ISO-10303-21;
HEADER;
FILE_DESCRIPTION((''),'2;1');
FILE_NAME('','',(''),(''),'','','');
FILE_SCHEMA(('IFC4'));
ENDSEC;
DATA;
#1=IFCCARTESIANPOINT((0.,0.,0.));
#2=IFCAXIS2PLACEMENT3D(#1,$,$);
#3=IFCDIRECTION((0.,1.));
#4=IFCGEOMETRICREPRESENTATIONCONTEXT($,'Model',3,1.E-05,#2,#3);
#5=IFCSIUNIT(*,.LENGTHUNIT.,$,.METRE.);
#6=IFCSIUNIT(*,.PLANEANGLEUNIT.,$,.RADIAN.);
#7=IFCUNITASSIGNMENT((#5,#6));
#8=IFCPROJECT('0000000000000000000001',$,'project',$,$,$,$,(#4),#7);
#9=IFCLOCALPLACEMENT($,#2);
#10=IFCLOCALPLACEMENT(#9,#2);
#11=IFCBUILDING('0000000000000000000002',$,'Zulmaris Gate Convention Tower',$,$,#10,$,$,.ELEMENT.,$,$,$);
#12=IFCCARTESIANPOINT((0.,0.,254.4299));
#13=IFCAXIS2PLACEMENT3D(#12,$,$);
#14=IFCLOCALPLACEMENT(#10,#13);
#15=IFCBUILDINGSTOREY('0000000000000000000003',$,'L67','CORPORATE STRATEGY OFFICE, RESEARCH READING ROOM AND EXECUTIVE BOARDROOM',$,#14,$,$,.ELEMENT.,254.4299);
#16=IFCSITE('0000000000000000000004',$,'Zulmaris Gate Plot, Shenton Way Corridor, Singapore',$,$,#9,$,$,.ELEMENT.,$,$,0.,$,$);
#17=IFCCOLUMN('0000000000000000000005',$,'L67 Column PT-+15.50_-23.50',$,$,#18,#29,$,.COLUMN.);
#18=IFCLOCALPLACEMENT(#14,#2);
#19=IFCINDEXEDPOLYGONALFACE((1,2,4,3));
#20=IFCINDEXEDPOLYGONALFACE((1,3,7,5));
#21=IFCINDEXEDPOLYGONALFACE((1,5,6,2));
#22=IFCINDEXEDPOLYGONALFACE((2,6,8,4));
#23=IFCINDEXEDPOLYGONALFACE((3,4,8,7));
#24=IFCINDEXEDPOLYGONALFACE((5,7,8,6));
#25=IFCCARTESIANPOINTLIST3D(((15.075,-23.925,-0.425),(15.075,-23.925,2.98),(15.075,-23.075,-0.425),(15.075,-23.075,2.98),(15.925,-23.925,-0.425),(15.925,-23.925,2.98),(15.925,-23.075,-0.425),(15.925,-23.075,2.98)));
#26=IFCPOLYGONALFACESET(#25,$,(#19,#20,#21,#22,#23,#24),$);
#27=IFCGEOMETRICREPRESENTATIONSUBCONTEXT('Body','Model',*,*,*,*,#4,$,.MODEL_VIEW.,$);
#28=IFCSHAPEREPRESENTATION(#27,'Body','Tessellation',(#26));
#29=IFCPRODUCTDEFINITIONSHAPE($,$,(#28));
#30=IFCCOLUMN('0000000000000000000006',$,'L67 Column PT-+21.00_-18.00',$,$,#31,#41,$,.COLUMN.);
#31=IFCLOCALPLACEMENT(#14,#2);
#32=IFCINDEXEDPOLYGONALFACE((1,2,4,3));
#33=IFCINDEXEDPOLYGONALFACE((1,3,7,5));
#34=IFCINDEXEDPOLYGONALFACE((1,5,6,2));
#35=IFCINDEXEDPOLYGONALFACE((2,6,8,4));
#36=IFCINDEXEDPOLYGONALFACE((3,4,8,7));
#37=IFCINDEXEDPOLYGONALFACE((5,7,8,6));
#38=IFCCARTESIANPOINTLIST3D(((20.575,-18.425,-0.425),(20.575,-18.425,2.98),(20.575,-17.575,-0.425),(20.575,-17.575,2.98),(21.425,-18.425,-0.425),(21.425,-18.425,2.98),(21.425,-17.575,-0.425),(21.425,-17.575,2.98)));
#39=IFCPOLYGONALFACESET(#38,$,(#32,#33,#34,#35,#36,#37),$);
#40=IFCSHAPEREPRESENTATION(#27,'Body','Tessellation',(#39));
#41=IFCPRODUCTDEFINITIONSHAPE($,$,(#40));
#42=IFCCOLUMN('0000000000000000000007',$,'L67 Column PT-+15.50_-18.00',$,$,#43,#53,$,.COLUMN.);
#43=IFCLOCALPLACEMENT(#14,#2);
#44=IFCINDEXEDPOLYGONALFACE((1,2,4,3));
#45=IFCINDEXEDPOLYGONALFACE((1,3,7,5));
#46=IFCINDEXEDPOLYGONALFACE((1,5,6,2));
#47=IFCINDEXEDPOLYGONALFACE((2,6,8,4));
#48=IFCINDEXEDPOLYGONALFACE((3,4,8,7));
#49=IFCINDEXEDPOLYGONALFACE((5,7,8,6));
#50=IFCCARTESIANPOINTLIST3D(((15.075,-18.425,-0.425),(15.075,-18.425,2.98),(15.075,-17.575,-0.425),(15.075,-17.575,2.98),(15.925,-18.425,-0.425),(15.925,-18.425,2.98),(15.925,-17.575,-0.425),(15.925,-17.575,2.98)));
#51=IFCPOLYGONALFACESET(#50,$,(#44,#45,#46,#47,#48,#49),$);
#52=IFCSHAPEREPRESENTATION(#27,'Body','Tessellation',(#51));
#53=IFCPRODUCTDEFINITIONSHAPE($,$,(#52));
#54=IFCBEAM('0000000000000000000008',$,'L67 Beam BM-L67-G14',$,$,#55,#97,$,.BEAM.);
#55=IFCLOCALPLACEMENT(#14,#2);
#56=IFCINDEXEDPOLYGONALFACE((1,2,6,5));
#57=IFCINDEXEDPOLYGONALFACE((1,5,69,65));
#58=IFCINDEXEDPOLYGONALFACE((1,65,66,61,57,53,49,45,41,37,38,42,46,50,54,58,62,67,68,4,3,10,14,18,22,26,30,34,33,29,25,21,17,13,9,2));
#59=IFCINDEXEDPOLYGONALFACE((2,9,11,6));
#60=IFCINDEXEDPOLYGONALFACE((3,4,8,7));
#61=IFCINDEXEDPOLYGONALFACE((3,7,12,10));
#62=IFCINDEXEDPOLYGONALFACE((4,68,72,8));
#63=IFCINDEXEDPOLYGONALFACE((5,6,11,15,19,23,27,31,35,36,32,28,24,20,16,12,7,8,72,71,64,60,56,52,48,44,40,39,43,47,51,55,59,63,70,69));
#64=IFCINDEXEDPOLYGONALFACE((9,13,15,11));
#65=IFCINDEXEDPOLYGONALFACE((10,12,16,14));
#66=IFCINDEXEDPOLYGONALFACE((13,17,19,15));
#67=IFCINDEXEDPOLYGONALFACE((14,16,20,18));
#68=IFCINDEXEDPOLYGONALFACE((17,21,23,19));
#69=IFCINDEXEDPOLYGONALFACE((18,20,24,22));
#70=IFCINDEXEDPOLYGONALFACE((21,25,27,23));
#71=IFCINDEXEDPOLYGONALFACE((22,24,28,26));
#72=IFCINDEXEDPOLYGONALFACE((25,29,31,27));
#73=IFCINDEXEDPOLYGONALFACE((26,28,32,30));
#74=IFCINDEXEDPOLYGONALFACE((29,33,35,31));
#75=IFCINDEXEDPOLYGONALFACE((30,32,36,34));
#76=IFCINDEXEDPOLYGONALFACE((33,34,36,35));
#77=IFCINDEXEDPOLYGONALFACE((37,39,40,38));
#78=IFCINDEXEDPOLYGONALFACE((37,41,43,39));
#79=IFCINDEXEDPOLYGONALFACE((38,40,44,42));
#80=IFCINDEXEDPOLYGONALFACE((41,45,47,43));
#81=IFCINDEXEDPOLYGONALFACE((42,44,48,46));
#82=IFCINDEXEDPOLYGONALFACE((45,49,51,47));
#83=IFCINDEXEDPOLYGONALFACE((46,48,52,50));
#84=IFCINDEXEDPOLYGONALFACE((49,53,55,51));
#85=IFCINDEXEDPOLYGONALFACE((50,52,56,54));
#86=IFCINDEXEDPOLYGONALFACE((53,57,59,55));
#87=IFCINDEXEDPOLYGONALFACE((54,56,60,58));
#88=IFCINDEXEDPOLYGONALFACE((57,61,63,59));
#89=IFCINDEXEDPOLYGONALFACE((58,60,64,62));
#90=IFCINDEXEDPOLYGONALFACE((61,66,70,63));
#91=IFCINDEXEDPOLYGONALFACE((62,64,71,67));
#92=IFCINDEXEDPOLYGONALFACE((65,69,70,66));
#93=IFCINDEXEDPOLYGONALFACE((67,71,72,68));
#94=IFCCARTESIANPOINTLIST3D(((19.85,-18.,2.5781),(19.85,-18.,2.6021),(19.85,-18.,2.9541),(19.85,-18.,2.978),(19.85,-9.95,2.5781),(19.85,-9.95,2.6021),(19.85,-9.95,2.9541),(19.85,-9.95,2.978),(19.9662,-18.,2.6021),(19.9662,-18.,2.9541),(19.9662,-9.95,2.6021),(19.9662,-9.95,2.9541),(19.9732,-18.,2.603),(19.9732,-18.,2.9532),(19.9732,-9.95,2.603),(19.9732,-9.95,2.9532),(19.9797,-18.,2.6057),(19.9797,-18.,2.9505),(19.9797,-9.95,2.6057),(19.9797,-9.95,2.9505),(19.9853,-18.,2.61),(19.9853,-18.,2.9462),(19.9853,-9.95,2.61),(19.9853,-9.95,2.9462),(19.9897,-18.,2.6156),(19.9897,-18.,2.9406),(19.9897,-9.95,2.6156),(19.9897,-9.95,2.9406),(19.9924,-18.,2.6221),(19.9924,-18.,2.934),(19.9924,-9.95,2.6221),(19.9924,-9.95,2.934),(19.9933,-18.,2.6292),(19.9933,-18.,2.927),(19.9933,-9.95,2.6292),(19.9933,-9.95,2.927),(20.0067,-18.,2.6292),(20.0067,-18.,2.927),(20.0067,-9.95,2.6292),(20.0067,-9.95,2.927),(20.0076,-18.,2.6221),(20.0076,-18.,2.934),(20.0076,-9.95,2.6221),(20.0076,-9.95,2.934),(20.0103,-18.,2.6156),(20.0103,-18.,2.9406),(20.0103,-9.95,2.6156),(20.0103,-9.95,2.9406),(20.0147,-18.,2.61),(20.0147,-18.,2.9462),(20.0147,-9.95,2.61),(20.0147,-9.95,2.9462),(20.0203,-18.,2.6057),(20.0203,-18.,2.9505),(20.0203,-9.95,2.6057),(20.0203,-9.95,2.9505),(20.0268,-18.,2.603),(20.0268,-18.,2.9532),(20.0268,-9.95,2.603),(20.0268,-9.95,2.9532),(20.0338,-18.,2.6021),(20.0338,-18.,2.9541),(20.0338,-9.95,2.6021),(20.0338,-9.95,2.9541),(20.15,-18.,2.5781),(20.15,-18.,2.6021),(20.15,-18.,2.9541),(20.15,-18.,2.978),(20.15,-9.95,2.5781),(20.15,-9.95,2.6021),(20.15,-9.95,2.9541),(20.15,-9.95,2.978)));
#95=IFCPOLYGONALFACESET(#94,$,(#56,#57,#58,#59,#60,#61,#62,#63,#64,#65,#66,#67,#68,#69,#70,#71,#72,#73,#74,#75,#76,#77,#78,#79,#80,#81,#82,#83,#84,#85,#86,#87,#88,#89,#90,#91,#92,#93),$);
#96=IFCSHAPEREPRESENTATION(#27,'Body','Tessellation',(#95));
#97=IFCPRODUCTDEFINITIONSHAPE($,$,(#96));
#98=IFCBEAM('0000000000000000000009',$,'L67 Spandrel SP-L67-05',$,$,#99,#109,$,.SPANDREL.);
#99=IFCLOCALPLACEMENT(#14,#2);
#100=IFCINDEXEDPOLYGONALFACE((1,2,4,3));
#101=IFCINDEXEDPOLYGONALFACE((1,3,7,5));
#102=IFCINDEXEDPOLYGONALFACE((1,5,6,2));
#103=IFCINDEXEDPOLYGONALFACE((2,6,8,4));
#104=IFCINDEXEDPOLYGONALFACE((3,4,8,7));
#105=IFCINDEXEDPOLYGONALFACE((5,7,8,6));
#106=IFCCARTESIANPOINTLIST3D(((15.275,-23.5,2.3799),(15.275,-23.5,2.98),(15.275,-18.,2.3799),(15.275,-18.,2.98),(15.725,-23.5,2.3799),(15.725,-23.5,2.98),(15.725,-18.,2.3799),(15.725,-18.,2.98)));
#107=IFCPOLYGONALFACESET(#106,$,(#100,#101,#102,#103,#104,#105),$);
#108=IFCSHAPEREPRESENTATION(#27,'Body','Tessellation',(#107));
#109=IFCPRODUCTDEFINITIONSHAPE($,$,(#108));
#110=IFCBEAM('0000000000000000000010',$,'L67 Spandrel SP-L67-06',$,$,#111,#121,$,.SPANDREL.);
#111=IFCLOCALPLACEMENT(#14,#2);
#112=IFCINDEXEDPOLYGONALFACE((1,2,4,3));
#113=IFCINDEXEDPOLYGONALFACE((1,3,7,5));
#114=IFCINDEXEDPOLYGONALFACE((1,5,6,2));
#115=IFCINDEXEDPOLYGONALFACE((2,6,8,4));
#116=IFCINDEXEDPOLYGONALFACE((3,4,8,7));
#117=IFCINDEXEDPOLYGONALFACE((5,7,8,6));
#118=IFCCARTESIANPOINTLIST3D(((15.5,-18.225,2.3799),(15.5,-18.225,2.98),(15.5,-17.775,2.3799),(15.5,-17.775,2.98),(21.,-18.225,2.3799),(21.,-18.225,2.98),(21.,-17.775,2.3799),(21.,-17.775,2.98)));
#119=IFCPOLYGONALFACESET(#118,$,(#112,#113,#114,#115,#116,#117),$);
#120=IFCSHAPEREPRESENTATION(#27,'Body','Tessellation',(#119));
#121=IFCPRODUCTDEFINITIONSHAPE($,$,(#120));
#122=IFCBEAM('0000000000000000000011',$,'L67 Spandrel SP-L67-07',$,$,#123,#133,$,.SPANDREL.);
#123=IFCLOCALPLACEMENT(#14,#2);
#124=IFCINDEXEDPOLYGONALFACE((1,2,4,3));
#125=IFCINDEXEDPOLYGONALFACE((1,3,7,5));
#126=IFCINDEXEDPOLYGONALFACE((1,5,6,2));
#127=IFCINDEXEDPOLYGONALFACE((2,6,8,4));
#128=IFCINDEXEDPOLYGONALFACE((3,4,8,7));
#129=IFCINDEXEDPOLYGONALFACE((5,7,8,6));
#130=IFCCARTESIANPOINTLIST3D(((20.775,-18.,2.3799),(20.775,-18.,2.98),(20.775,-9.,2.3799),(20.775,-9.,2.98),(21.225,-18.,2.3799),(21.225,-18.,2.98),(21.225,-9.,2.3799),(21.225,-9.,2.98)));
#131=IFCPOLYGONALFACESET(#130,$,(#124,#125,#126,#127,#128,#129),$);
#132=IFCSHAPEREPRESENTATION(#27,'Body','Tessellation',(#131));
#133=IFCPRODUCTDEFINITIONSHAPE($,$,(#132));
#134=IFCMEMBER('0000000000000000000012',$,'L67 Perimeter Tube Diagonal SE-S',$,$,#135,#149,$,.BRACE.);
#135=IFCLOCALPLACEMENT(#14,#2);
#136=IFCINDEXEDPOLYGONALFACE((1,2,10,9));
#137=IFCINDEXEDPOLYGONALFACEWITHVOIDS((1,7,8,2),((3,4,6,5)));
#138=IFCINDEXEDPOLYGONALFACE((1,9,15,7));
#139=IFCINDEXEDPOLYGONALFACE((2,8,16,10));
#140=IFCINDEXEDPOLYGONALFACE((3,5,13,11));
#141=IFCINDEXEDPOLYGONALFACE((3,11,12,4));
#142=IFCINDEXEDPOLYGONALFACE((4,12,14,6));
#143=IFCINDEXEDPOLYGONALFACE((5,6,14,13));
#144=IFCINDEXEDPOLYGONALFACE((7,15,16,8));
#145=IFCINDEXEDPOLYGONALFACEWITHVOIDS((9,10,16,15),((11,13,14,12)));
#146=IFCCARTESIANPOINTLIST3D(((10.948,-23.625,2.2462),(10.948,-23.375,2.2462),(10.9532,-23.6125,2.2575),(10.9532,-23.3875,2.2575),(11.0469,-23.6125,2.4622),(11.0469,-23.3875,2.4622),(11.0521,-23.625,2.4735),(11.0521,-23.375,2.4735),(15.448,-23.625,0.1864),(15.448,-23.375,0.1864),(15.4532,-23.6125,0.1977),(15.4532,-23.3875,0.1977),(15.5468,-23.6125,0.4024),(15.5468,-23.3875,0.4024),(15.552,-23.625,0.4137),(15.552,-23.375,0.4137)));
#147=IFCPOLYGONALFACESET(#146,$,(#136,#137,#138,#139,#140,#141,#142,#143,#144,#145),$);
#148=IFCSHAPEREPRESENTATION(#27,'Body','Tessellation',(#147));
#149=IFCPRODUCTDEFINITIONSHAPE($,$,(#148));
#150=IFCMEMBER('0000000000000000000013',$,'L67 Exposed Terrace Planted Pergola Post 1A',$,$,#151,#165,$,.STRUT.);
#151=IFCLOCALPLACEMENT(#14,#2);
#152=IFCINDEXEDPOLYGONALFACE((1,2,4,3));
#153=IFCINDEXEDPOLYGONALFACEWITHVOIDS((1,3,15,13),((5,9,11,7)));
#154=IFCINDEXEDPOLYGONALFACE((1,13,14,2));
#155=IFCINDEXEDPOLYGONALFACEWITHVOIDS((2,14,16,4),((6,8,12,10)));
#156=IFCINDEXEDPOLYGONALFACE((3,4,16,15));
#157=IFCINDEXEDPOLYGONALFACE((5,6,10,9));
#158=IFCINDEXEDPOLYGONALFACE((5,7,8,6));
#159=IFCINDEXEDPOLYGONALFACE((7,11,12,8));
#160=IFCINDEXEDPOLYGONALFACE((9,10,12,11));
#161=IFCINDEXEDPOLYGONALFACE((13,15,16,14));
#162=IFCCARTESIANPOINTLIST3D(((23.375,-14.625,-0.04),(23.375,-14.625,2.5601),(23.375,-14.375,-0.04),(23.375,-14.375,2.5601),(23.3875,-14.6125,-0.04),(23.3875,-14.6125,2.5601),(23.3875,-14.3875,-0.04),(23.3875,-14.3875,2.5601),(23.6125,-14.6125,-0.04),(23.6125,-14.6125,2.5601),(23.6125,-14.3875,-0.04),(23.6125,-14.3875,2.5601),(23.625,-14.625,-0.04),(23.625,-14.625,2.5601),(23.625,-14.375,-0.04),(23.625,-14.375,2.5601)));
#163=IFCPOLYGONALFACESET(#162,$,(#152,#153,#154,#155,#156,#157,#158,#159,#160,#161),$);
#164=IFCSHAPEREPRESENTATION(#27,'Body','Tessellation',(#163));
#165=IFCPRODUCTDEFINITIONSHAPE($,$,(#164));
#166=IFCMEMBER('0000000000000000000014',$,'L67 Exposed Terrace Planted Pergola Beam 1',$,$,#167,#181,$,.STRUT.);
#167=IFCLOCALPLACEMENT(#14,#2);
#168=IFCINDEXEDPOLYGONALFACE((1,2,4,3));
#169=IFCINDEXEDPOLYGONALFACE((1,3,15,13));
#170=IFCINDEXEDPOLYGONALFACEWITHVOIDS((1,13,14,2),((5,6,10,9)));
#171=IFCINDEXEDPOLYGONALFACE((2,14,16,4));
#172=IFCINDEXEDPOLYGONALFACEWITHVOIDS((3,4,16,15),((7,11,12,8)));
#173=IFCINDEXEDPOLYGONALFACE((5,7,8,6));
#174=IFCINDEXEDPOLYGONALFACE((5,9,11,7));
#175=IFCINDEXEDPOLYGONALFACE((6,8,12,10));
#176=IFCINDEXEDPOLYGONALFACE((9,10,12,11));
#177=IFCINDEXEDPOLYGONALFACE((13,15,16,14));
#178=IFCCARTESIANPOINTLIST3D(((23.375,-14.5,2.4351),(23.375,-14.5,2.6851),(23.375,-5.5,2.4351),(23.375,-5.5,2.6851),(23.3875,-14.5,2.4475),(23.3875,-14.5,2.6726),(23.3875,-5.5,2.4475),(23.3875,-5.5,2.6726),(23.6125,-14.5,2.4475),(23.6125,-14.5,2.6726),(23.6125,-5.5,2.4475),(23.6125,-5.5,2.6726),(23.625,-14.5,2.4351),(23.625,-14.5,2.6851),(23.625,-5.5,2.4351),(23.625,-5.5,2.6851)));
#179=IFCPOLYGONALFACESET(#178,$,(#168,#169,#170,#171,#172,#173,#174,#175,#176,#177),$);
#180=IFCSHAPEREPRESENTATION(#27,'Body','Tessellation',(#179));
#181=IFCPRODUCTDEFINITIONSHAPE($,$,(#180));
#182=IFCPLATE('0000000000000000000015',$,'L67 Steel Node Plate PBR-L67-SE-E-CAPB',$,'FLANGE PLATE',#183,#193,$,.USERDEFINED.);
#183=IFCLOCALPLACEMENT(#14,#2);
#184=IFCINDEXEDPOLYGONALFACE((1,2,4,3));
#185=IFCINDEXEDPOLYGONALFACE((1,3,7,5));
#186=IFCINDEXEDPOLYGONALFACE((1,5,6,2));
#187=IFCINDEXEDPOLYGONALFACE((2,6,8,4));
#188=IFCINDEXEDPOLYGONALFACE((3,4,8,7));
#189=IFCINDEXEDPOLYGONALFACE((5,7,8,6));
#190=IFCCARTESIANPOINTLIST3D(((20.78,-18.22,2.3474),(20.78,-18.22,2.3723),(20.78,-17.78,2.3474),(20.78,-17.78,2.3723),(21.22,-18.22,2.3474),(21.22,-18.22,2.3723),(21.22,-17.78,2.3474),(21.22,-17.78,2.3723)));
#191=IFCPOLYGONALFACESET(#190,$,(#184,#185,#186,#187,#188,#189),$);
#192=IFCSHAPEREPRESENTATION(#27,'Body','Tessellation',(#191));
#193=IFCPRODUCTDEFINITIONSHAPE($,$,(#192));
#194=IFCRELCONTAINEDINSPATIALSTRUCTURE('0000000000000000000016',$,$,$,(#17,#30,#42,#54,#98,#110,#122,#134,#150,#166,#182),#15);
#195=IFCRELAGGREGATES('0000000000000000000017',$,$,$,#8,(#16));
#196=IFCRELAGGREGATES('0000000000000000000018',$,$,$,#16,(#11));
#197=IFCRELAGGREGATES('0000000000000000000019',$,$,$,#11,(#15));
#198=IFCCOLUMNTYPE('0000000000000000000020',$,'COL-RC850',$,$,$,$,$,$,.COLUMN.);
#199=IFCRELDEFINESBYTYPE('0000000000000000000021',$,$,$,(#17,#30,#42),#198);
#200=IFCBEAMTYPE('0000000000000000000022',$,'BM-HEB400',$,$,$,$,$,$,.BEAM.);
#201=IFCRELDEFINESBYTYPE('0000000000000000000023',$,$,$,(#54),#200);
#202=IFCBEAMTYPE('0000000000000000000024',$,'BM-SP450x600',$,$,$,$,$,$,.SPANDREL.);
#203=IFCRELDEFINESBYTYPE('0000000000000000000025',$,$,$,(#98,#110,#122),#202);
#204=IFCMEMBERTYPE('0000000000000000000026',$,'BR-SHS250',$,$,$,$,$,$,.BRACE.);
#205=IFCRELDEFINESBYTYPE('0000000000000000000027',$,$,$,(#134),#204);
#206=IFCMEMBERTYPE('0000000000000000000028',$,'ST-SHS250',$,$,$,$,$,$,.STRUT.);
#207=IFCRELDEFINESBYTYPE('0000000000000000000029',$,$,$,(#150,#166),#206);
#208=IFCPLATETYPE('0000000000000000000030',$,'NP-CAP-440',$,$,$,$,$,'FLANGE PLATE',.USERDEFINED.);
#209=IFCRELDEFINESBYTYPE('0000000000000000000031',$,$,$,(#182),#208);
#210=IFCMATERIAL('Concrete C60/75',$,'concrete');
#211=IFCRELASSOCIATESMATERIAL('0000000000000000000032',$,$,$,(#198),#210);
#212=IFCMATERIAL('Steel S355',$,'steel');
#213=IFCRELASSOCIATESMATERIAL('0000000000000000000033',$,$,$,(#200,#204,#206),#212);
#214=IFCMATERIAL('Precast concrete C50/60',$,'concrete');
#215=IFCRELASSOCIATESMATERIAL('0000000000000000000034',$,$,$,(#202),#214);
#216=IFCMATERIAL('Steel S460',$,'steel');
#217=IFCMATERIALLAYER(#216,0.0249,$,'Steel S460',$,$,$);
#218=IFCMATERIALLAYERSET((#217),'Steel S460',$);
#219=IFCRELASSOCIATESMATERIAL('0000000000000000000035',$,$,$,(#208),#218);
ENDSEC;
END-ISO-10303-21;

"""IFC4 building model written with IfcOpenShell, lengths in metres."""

from ifc_helpers import new_model, si_unit, direction, frame, origin, origin_2d, place, context, subcontext, project, spatial, rectangle, hollow_rectangle, i_section, extrude, material, layer, layer_set, material_profile, profile_set, type_object, element, save


model = new_model("IFC4")

# Units and contexts
model_context = context("Model", 3, precision=1e-05, world=origin(), true_north=direction((0.0, 1.0)))
body_context = subcontext(model_context, "Body", "Model", "MODEL_VIEW")
ifc_project = project(units=[si_unit("LENGTHUNIT", "METRE"), si_unit("PLANEANGLEUNIT", "RADIAN")], contexts=[model_context])

# Site, building, storey
site_placement = place(None, origin())
site = spatial("IfcSite", under=ifc_project, at=site_placement, Name="Zulmaris Gate Plot, Shenton Way Corridor, Singapore", CompositionType="ELEMENT", RefElevation=0.0)
building_placement = place(site_placement, origin())
building = spatial("IfcBuilding", under=site, at=building_placement, Name="Zulmaris Gate Convention Tower", CompositionType="ELEMENT")
storey_placement = place(building_placement, frame((0.0, 0.0, 254.4299)))
storey = spatial("IfcBuildingStorey", under=building, at=storey_placement, Name="L67", Description="CORPORATE STRATEGY OFFICE, RESEARCH READING ROOM AND EXECUTIVE BOARDROOM", CompositionType="ELEMENT", Elevation=254.4299)

# Columns
ifc_material_1 = material(Name="Concrete C60/75", Category="concrete")
ifc_material_profile_1 = material_profile(ifc_material_1, rectangle(XDim=0.8501, YDim=0.8501, at=origin_2d()), Name="RC COL 850x850")
ifc_profile_set_1 = profile_set([ifc_material_profile_1], Name="Concrete C60/75")
column_type = type_object("IfcColumnType", Name="COL-RC850", PredefinedType="COLUMN", material=ifc_profile_set_1)
for number, where, z_axis, x_axis, name in (
    (1, (15.5, -23.5, -0.425), (0.0, 0.0, 1.0), (1.0, 0.0, 0.0), "L67 Column PT-+15.50_-23.50"),
    (2, (21.0, -18.0, -0.425), (0.0, 0.0, 1.0), (1.0, 0.0, 0.0), "L67 Column PT-+21.00_-18.00"),
    (3, (15.5, -18.0, -0.425), (0.0, 0.0, 1.0), (1.0, 0.0, 0.0), "L67 Column PT-+15.50_-18.00"),
):
    element("IfcColumn", number, at=place(storey_placement, frame(where, z_axis=z_axis, x_axis=x_axis)), inside=storey, type_object=column_type, Name=name, PredefinedType="COLUMN", context=body_context, shape_type="SweptSolid", body=[
        extrude(rectangle(XDim=0.8501, YDim=0.8501, at=origin_2d()), origin(), (0.0, 0.0, 1.0), 3.405),
    ])

# Beams
ifc_material_2 = material(Name="Steel S355", Category="steel")
ifc_material_profile_2 = material_profile(ifc_material_2, i_section(OverallWidth=0.3, OverallDepth=0.3999, WebThickness=0.0134, FlangeThickness=0.0239, FilletRadius=0.0271, at=origin_2d()), Name="HEB 400")
ifc_profile_set_2 = profile_set([ifc_material_profile_2], Name="Steel S355")
beam_type_1 = type_object("IfcBeamType", Name="BM-HEB400", PredefinedType="BEAM", material=ifc_profile_set_2)
beam_1_placement = place(storey_placement, frame((20.0, -18.0, 2.7781), z_axis=(0.0, 1.0, 0.0), x_axis=(-1.0, 0.0, 0.0)))
element("IfcBeam", 4, at=beam_1_placement, inside=storey, type_object=beam_type_1, Name="L67 Beam BM-L67-G14", PredefinedType="BEAM", context=body_context, shape_type="SweptSolid", body=[
    extrude(i_section(OverallWidth=0.3, OverallDepth=0.3999, WebThickness=0.0134, FlangeThickness=0.0239, FilletRadius=0.0271, at=origin_2d()), origin(), (0.0, 0.0, 1.0), 8.05),
])
ifc_material_3 = material(Name="Precast concrete C50/60", Category="concrete")
ifc_material_profile_3 = material_profile(ifc_material_3, rectangle(XDim=0.45, YDim=0.6001, at=origin_2d()), Name="RC SPANDREL 450x600")
ifc_profile_set_3 = profile_set([ifc_material_profile_3], Name="Precast concrete C50/60")
beam_type_2 = type_object("IfcBeamType", Name="BM-SP450x600", PredefinedType="SPANDREL", material=ifc_profile_set_3)
for number, where, z_axis, x_axis, name in (
    (5, (15.5, -23.5, 2.6799), (0.0, 1.0, 0.0), (-1.0, 0.0, 0.0), "L67 Spandrel SP-L67-05"),
    (6, (15.5, -18.0, 2.6799), (1.0, 0.0, 0.0), (0.0, 1.0, 0.0), "L67 Spandrel SP-L67-06"),
):
    element("IfcBeam", number, at=place(storey_placement, frame(where, z_axis=z_axis, x_axis=x_axis)), inside=storey, type_object=beam_type_2, Name=name, PredefinedType="SPANDREL", context=body_context, shape_type="SweptSolid", body=[
        extrude(rectangle(XDim=0.45, YDim=0.6001, at=origin_2d()), origin(), (0.0, 0.0, 1.0), 5.5),
    ])
beam_2_placement = place(storey_placement, frame((21.0, -18.0, 2.6799), z_axis=(0.0, 1.0, 0.0), x_axis=(-1.0, 0.0, 0.0)))
element("IfcBeam", 7, at=beam_2_placement, inside=storey, type_object=beam_type_2, Name="L67 Spandrel SP-L67-07", PredefinedType="SPANDREL", context=body_context, shape_type="SweptSolid", body=[
    extrude(rectangle(XDim=0.45, YDim=0.6001, at=origin_2d()), origin(), (0.0, 0.0, 1.0), 9.0),
])

# Members
ifc_material_profile_4 = material_profile(ifc_material_2, hollow_rectangle(XDim=0.25, YDim=0.25, WallThickness=0.0125, at=origin_2d()), Name="SHS 250x250x12.5")
ifc_profile_set_4 = profile_set([ifc_material_profile_4], Name="Steel S355")
member_type_1 = type_object("IfcMemberType", Name="BR-SHS250", PredefinedType="BRACE", material=ifc_profile_set_4)
member_1_placement = place(storey_placement, frame((15.5, -23.5, 0.3), z_axis=(-0.90927, 0.0, 0.416206), x_axis=(0.0, -1.0, 0.0)))
element("IfcMember", 8, at=member_1_placement, inside=storey, type_object=member_type_1, Name="L67 Perimeter Tube Diagonal SE-S", PredefinedType="BRACE", context=body_context, shape_type="SweptSolid", body=[
    extrude(hollow_rectangle(XDim=0.25, YDim=0.25, WallThickness=0.0125, at=origin_2d()), origin(), (0.0, 0.0, 1.0), 4.949),
])
ifc_material_profile_5 = material_profile(ifc_material_2, hollow_rectangle(XDim=0.25, YDim=0.25, WallThickness=0.0125, at=origin_2d()), Name="SHS 250x250x12.5")
ifc_profile_set_5 = profile_set([ifc_material_profile_5], Name="Steel S355")
member_type_2 = type_object("IfcMemberType", Name="ST-SHS250", PredefinedType="STRUT", material=ifc_profile_set_5)
member_2_placement = place(storey_placement, frame((23.5, -14.5, -0.04), z_axis=(0.0, 0.0, 1.0), x_axis=(1.0, 0.0, 0.0)))
element("IfcMember", 9, at=member_2_placement, inside=storey, type_object=member_type_2, Name="L67 Exposed Terrace Planted Pergola Post 1A", PredefinedType="STRUT", context=body_context, shape_type="SweptSolid", body=[
    extrude(hollow_rectangle(XDim=0.25, YDim=0.25, WallThickness=0.0125, at=origin_2d()), origin(), (0.0, 0.0, 1.0), 2.6001),
])
member_3_placement = place(storey_placement, frame((23.5, -14.5, 2.5601), z_axis=(0.0, 1.0, 0.0), x_axis=(-1.0, 0.0, 0.0)))
element("IfcMember", 10, at=member_3_placement, inside=storey, type_object=member_type_2, Name="L67 Exposed Terrace Planted Pergola Beam 1", PredefinedType="STRUT", context=body_context, shape_type="SweptSolid", body=[
    extrude(hollow_rectangle(XDim=0.25, YDim=0.25, WallThickness=0.0125, at=origin_2d()), origin(), (0.0, 0.0, 1.0), 9.0),
])

# Plate
ifc_material_4 = material(Name="Steel S460", Category="steel")
ifc_layer_1 = layer(ifc_material_4, 0.0249, Name="Steel S460")
ifc_layer_set_1 = layer_set([ifc_layer_1], Name="Steel S460")
plate_type = type_object("IfcPlateType", Name="NP-CAP-440", ElementType="FLANGE PLATE", PredefinedType="USERDEFINED", material=ifc_layer_set_1)
for number, where, z_axis, x_axis, name in (
    (11, (21.0, -18.0, 2.3474), (0.0, 0.0, 1.0), (1.0, 0.0, 0.0), "L67 Steel Node Plate PBR-L67-SE-E-CAPB"),
):
    element("IfcPlate", number, at=place(storey_placement, frame(where, z_axis=z_axis, x_axis=x_axis)), inside=storey, type_object=plate_type, Name=name, ObjectType="FLANGE PLATE", PredefinedType="USERDEFINED", context=body_context, shape_type="SweptSolid", body=[
        extrude(rectangle(XDim=0.4399, YDim=0.4399, at=origin_2d()), origin(), (0.0, 0.0, 1.0), 0.0249),
    ])

save(model, "model.ifc")
